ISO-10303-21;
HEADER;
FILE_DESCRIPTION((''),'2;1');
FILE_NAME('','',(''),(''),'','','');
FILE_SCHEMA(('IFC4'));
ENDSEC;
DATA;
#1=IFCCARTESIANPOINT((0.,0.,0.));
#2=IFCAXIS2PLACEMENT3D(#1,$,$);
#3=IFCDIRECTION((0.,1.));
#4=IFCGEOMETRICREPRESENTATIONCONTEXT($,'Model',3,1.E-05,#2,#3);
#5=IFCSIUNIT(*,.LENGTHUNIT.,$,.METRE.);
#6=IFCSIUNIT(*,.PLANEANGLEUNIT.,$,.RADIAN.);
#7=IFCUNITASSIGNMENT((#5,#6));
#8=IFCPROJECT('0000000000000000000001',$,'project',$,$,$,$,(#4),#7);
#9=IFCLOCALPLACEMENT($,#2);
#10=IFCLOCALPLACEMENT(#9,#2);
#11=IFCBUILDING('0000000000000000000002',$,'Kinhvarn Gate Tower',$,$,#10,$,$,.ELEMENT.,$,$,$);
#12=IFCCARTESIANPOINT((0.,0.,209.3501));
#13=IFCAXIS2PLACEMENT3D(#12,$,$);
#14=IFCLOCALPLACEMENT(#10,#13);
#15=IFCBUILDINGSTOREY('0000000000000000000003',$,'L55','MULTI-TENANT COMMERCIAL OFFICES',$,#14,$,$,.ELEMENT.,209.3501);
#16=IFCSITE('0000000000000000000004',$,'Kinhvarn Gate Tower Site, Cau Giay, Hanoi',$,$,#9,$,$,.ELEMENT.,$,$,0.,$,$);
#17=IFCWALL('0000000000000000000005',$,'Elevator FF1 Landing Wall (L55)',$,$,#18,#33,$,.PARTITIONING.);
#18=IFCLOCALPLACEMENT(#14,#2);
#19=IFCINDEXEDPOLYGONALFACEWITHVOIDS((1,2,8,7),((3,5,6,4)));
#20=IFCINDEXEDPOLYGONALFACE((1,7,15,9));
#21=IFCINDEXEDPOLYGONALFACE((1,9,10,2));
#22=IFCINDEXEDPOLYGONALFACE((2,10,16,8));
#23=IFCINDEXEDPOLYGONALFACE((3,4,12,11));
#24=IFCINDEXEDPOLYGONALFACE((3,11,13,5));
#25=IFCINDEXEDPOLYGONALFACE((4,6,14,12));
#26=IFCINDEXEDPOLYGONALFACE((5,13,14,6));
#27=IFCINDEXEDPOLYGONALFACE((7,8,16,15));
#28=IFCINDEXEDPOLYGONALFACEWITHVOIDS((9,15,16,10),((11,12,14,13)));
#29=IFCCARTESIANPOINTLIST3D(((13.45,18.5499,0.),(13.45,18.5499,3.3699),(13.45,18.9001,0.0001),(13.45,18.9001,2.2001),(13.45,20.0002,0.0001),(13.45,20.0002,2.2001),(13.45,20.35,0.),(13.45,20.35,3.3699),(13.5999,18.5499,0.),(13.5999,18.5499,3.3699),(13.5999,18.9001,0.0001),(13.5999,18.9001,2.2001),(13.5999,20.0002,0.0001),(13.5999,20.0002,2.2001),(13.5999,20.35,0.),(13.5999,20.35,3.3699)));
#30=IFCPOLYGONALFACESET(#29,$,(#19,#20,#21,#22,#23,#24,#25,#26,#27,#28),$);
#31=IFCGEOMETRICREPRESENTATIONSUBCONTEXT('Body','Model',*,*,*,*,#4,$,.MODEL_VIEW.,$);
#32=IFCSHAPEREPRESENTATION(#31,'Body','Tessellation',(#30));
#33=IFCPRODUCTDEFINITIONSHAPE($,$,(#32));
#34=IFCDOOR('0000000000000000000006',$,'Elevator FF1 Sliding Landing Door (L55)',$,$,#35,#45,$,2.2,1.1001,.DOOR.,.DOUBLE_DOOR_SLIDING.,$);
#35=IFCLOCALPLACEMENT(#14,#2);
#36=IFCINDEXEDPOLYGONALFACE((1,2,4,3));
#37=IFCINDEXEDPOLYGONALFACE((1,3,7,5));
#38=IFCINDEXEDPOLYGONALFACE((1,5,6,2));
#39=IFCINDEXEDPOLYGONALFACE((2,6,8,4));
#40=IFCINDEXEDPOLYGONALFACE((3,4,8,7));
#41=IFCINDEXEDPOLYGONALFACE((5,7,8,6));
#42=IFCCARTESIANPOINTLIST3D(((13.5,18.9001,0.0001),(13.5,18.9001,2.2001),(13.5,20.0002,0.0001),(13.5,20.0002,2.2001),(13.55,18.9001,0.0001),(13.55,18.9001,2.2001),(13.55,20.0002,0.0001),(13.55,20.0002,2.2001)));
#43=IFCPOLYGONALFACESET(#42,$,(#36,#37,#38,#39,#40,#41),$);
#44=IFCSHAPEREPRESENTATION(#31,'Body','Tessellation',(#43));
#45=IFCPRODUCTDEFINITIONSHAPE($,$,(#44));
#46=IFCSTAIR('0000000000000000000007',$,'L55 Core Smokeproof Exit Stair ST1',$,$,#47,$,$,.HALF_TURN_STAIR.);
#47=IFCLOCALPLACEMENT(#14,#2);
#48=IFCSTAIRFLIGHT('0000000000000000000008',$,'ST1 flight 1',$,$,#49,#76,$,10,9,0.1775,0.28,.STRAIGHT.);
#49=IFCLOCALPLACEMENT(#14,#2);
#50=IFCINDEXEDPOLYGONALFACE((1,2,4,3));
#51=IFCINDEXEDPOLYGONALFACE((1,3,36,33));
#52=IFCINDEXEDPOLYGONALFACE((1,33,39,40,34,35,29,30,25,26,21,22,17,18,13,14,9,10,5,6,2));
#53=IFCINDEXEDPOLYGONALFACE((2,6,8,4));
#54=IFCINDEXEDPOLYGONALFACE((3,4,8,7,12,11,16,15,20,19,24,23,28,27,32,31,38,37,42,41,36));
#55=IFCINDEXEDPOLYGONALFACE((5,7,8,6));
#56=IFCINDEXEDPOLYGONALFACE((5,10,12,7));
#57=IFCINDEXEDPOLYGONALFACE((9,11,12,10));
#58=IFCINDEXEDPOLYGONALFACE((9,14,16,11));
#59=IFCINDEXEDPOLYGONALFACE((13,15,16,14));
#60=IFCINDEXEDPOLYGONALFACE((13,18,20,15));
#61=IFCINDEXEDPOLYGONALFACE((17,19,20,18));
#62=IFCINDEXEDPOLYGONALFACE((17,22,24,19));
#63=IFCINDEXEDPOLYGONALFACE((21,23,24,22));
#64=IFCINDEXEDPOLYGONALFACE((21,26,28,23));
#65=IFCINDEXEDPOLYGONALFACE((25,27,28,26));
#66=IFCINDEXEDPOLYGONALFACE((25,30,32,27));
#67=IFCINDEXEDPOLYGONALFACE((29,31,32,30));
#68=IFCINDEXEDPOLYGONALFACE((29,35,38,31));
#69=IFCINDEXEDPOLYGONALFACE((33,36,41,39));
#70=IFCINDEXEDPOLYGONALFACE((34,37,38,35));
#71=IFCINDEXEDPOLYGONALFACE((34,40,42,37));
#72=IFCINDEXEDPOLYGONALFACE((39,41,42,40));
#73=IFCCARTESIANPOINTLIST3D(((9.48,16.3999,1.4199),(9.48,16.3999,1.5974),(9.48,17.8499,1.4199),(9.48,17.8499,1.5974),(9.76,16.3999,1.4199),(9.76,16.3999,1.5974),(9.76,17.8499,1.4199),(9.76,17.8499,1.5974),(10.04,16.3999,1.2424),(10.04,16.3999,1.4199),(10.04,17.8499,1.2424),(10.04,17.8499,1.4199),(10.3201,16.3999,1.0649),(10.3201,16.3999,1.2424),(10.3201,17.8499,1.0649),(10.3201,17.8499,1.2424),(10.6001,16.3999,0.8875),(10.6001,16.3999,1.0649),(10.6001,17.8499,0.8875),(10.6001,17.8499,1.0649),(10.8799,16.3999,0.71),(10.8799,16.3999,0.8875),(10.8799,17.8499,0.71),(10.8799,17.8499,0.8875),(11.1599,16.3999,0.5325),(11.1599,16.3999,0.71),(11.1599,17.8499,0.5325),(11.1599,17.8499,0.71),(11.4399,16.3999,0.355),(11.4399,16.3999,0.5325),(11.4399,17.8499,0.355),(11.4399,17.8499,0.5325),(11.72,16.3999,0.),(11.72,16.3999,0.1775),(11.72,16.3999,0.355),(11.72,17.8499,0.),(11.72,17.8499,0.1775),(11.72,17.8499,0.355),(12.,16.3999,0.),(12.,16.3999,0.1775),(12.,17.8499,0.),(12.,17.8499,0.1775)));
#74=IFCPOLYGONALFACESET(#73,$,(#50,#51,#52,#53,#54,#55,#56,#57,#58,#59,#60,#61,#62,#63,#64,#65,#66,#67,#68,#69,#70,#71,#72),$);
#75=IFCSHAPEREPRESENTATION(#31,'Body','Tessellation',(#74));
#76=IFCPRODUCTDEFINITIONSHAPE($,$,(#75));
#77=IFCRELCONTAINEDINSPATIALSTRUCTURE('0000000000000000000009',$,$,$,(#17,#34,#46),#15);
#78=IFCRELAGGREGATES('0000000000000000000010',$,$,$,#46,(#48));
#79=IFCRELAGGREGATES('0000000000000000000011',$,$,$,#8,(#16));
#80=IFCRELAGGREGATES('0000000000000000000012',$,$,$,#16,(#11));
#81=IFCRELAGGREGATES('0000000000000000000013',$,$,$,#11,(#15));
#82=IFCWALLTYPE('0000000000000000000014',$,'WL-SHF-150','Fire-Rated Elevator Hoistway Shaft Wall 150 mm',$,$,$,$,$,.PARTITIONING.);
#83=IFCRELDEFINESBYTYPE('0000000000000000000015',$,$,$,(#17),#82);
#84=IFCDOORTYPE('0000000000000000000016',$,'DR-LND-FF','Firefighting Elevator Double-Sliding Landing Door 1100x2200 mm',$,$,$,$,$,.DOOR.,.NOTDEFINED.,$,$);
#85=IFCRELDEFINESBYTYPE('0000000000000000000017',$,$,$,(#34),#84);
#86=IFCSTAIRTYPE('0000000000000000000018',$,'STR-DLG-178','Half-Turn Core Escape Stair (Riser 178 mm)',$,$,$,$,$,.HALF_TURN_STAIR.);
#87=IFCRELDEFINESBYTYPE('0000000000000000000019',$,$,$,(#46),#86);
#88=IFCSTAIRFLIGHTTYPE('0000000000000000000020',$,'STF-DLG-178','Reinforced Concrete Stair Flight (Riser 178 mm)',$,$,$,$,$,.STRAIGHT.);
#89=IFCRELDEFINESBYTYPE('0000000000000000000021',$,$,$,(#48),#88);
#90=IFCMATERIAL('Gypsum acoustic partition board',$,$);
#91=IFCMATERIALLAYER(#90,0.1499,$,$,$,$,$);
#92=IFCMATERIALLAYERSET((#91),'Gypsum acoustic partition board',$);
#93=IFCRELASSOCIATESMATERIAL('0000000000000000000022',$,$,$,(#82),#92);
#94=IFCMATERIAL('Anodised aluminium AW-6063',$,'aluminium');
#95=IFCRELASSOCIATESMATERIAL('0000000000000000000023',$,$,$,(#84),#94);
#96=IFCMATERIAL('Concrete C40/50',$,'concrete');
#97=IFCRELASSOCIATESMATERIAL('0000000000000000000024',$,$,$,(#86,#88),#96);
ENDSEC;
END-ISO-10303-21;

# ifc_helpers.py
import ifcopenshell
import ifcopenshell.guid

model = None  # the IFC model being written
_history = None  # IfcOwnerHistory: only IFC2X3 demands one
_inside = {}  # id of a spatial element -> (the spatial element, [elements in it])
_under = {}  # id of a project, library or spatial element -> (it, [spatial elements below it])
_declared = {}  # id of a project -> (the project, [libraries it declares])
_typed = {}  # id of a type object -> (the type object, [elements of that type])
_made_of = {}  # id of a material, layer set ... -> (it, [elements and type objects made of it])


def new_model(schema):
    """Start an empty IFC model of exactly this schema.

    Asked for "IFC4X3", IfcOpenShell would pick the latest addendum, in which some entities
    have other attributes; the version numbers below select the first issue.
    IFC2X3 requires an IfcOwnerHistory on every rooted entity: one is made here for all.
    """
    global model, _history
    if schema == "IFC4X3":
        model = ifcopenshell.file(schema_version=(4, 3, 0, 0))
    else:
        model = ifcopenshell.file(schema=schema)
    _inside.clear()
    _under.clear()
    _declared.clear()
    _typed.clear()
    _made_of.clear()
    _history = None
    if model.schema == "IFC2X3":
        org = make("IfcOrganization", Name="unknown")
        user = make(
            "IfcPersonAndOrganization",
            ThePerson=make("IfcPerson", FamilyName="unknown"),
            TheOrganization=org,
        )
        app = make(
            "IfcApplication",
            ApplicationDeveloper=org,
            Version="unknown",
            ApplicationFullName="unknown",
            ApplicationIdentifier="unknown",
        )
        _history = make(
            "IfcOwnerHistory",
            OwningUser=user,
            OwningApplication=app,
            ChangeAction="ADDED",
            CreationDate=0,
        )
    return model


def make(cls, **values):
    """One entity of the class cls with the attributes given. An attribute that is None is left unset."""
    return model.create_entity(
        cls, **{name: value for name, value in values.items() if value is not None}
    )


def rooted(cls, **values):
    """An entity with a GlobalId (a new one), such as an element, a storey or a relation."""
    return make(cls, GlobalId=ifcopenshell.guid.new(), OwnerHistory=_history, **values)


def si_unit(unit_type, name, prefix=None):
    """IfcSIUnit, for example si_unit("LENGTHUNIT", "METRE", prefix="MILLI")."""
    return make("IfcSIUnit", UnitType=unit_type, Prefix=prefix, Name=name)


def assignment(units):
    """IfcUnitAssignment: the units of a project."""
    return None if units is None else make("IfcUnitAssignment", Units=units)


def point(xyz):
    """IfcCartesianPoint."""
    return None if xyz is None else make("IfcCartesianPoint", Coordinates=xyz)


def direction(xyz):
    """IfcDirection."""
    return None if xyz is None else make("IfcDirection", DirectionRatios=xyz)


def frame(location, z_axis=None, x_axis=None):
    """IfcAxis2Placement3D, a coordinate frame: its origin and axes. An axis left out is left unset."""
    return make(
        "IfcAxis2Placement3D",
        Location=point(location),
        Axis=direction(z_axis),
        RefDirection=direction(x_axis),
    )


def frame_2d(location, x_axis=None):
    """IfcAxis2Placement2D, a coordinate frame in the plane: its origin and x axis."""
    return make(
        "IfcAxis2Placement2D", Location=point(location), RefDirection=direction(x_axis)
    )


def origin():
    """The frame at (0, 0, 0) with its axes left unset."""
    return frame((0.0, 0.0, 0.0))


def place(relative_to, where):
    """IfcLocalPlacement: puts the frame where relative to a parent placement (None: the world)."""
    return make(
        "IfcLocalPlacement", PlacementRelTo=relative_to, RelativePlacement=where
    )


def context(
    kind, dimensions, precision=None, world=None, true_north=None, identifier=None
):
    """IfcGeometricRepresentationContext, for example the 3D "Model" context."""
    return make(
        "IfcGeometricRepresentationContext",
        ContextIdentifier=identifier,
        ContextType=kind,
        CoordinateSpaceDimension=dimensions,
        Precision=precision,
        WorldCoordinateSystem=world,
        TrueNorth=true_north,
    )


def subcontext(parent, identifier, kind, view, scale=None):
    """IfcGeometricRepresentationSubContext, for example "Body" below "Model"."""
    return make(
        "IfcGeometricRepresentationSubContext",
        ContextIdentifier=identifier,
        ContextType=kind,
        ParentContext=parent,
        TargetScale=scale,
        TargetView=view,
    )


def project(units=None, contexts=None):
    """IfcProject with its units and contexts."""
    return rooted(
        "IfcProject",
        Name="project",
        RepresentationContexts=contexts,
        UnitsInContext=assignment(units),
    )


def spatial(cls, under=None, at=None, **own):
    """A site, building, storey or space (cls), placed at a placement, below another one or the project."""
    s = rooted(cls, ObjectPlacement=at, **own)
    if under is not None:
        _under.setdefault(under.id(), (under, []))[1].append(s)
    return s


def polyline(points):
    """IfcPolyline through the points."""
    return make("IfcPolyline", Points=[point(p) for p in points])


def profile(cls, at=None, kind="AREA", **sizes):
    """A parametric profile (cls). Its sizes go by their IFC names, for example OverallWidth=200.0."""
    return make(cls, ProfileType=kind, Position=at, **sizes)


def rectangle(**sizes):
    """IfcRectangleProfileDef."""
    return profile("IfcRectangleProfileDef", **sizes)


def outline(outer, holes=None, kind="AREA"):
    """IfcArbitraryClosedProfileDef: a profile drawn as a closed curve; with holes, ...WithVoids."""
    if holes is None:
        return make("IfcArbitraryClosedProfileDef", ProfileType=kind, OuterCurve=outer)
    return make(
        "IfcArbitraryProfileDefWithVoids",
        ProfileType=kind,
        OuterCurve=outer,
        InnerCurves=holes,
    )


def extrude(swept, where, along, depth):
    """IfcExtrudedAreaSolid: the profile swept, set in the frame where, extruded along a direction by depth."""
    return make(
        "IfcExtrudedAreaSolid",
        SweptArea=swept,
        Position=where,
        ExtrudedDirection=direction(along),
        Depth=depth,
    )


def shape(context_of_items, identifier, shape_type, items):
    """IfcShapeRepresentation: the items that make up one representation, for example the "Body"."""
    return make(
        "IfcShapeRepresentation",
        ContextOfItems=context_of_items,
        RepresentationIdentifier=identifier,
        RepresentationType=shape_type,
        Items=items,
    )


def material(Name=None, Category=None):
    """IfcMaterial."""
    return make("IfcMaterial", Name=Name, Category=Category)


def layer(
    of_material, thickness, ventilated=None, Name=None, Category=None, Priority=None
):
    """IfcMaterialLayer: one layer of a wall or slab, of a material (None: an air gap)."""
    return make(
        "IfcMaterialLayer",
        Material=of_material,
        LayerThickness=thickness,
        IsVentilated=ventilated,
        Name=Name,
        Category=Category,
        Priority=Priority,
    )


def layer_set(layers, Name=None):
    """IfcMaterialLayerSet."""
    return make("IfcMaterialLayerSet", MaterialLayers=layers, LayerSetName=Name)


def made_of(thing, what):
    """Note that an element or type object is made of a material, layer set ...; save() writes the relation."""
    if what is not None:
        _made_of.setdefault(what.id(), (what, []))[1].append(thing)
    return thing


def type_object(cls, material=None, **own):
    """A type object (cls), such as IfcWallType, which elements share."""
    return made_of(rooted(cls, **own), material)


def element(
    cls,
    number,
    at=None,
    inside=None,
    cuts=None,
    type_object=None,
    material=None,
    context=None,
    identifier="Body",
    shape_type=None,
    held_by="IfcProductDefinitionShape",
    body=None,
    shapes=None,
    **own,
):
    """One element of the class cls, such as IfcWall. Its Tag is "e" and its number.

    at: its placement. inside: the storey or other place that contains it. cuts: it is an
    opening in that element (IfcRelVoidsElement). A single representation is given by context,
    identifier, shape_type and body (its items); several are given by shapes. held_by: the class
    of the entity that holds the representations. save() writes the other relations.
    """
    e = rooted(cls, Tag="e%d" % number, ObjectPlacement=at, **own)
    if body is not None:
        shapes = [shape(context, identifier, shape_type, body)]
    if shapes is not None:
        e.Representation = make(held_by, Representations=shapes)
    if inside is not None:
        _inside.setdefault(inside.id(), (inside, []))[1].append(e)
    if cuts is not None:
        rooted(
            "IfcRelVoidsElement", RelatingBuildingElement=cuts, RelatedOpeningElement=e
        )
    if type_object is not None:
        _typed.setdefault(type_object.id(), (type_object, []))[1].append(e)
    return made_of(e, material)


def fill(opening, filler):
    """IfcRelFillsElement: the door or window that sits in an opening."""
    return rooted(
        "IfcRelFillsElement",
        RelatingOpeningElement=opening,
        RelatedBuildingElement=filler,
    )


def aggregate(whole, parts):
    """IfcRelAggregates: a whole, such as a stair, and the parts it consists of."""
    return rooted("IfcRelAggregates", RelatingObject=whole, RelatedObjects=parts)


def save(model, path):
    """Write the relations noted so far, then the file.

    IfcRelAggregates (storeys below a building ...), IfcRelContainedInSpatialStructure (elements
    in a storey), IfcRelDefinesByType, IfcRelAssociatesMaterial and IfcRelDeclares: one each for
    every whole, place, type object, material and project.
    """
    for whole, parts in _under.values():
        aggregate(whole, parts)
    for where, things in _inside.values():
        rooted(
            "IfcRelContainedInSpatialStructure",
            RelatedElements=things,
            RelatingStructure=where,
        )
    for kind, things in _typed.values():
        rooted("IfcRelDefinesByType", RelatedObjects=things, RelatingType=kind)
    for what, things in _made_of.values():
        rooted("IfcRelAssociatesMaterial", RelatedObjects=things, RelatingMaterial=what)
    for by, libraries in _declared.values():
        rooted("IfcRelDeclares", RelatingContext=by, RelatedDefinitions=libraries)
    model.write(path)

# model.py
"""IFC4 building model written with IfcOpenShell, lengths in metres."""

from ifc_helpers import new_model, si_unit, direction, frame, frame_2d, origin, place, context, subcontext, project, spatial, polyline, rectangle, outline, extrude, material, layer, layer_set, type_object, element, fill, aggregate, save


model = new_model("IFC4")

# Units and contexts
model_context = context("Model", 3, precision=1e-05, world=origin(), true_north=direction((0.0, 1.0)))
body_context = subcontext(model_context, "Body", "Model", "MODEL_VIEW")
ifc_project = project(units=[si_unit("LENGTHUNIT", "METRE"), si_unit("PLANEANGLEUNIT", "RADIAN")], contexts=[model_context])

# Site, building, storey
site_placement = place(None, origin())
site = spatial("IfcSite", under=ifc_project, at=site_placement, Name="Kinhvarn Gate Tower Site, Cau Giay, Hanoi", CompositionType="ELEMENT", RefElevation=0.0)
building_placement = place(site_placement, origin())
building = spatial("IfcBuilding", under=site, at=building_placement, Name="Kinhvarn Gate Tower", CompositionType="ELEMENT")
storey_placement = place(building_placement, frame((0.0, 0.0, 209.3501)))
storey = spatial("IfcBuildingStorey", under=building, at=storey_placement, Name="L55", Description="MULTI-TENANT COMMERCIAL OFFICES", CompositionType="ELEMENT", Elevation=209.3501)

# Shared definitions
ifc_material_1 = material(Name="Anodised aluminium AW-6063", Category="aluminium")

# Shared definitions
ifc_material_2 = material(Name="Gypsum acoustic partition board")

# Shared definitions
ifc_layer_1 = layer(ifc_material_2, 0.1499)
ifc_layer_set_1 = layer_set([ifc_layer_1], Name="Gypsum acoustic partition board")
wall_type_1 = type_object("IfcWallType", Name="WL-SHF-150", Description="Fire-Rated Elevator Hoistway Shaft Wall 150 mm", PredefinedType="PARTITIONING", material=ifc_layer_set_1)

# Wall, opening, door
wall_1_placement = place(storey_placement, frame((13.5249, 18.55, 0.0), z_axis=(0.0, 0.0, 1.0), x_axis=(0.0, 1.0, 0.0)))
wall_1 = element("IfcWall", 1, at=wall_1_placement, inside=storey, type_object=wall_type_1, Name="Elevator FF1 Landing Wall (L55)", PredefinedType="PARTITIONING", context=body_context, shape_type="SweptSolid", body=[
    extrude(rectangle(XDim=1.8, YDim=0.1499, at=frame_2d((0.8999, 0.0))), origin(), (0.0, 0.0, 1.0), 3.3699),
])
opening_1_placement = place(wall_1_placement, frame((0.3501, 0.0, 0.0)))
opening_1 = element("IfcOpeningElement", 2, at=opening_1_placement, cuts=wall_1, PredefinedType="OPENING", context=body_context, shape_type="SweptSolid", body=[
    extrude(rectangle(XDim=1.1001, YDim=2.2, at=frame_2d((0.55, 1.1001))), frame((0.0, 0.085, 0.0), z_axis=(0.0, -1.0, 0.0), x_axis=(1.0, 0.0, 0.0)), (0.0, 0.0, 1.0), 0.1699),
])
door_type_1 = type_object("IfcDoorType", Name="DR-LND-FF", Description="Firefighting Elevator Double-Sliding Landing Door 1100x2200 mm", OperationType="NOTDEFINED", PredefinedType="DOOR", material=ifc_material_1)
door_1_placement = place(opening_1_placement, origin())
door_1 = element("IfcDoor", 3, at=door_1_placement, inside=storey, type_object=door_type_1, Name="Elevator FF1 Sliding Landing Door (L55)", OperationType="DOUBLE_DOOR_SLIDING", OverallHeight=2.2, OverallWidth=1.1001, PredefinedType="DOOR", context=body_context, shape_type="SweptSolid", body=[
    extrude(rectangle(XDim=1.1001, YDim=2.2, at=frame_2d((0.55, 1.1001))), frame((0.0, 0.0249, 0.0), z_axis=(0.0, -1.0, 0.0), x_axis=(1.0, 0.0, 0.0)), (0.0, 0.0, 1.0), 0.05),
])
fill(opening_1, door_1)
ifc_material_3 = material(Name="Concrete C40/50", Category="concrete")

# Stair, stair flight
stair_type = type_object("IfcStairType", Name="STR-DLG-178", Description="Half-Turn Core Escape Stair (Riser 178 mm)", PredefinedType="HALF_TURN_STAIR", material=ifc_material_3)
stair_placement = place(storey_placement, origin())
stair = element("IfcStair", 4, at=stair_placement, inside=storey, type_object=stair_type, Name="L55 Core Smokeproof Exit Stair ST1", PredefinedType="HALF_TURN_STAIR")
stair_flight_type = type_object("IfcStairFlightType", Name="STF-DLG-178", Description="Reinforced Concrete Stair Flight (Riser 178 mm)", PredefinedType="STRAIGHT", material=ifc_material_3)
stair_flight_placement = place(storey_placement, frame((12.0, 17.125, 0.0), z_axis=(0.0, 0.0, 1.0), x_axis=(-1.0, 0.0, 0.0)))
stair_flight = element("IfcStairFlight", 5, at=stair_flight_placement, type_object=stair_flight_type, Name="ST1 flight 1", NumberOfRisers=10, NumberOfTreads=9, PredefinedType="STRAIGHT", RiserHeight=0.1775, TreadLength=0.28, context=body_context, shape_type="SweptSolid", body=[
    extrude(outline(polyline([(0.0, 0.0), (0.0, 0.1775), (0.28, 0.1775), (0.28, 0.355), (0.5601, 0.355), (0.5601, 0.5325), (0.8401, 0.5325), (0.8401, 0.71), (1.1201, 0.71), (1.1201, 0.8875), (1.3999, 0.8875), (1.3999, 1.0649), (1.6799, 1.0649), (1.6799, 1.2424), (1.96, 1.2424), (1.96, 1.4199), (2.24, 1.4199), (2.24, 1.5974), (2.52, 1.5974), (2.52, 1.7749), (2.52, 1.4199), (0.28, 0.0), (0.0, 0.0)])), frame((0.0, 0.7251, 0.0), z_axis=(0.0, -1.0, 0.0), x_axis=(1.0, 0.0, 0.0)), (0.0, 0.0, 1.0), 1.45),
])
aggregate(stair, [stair_flight])

save(model, "model.ifc")
